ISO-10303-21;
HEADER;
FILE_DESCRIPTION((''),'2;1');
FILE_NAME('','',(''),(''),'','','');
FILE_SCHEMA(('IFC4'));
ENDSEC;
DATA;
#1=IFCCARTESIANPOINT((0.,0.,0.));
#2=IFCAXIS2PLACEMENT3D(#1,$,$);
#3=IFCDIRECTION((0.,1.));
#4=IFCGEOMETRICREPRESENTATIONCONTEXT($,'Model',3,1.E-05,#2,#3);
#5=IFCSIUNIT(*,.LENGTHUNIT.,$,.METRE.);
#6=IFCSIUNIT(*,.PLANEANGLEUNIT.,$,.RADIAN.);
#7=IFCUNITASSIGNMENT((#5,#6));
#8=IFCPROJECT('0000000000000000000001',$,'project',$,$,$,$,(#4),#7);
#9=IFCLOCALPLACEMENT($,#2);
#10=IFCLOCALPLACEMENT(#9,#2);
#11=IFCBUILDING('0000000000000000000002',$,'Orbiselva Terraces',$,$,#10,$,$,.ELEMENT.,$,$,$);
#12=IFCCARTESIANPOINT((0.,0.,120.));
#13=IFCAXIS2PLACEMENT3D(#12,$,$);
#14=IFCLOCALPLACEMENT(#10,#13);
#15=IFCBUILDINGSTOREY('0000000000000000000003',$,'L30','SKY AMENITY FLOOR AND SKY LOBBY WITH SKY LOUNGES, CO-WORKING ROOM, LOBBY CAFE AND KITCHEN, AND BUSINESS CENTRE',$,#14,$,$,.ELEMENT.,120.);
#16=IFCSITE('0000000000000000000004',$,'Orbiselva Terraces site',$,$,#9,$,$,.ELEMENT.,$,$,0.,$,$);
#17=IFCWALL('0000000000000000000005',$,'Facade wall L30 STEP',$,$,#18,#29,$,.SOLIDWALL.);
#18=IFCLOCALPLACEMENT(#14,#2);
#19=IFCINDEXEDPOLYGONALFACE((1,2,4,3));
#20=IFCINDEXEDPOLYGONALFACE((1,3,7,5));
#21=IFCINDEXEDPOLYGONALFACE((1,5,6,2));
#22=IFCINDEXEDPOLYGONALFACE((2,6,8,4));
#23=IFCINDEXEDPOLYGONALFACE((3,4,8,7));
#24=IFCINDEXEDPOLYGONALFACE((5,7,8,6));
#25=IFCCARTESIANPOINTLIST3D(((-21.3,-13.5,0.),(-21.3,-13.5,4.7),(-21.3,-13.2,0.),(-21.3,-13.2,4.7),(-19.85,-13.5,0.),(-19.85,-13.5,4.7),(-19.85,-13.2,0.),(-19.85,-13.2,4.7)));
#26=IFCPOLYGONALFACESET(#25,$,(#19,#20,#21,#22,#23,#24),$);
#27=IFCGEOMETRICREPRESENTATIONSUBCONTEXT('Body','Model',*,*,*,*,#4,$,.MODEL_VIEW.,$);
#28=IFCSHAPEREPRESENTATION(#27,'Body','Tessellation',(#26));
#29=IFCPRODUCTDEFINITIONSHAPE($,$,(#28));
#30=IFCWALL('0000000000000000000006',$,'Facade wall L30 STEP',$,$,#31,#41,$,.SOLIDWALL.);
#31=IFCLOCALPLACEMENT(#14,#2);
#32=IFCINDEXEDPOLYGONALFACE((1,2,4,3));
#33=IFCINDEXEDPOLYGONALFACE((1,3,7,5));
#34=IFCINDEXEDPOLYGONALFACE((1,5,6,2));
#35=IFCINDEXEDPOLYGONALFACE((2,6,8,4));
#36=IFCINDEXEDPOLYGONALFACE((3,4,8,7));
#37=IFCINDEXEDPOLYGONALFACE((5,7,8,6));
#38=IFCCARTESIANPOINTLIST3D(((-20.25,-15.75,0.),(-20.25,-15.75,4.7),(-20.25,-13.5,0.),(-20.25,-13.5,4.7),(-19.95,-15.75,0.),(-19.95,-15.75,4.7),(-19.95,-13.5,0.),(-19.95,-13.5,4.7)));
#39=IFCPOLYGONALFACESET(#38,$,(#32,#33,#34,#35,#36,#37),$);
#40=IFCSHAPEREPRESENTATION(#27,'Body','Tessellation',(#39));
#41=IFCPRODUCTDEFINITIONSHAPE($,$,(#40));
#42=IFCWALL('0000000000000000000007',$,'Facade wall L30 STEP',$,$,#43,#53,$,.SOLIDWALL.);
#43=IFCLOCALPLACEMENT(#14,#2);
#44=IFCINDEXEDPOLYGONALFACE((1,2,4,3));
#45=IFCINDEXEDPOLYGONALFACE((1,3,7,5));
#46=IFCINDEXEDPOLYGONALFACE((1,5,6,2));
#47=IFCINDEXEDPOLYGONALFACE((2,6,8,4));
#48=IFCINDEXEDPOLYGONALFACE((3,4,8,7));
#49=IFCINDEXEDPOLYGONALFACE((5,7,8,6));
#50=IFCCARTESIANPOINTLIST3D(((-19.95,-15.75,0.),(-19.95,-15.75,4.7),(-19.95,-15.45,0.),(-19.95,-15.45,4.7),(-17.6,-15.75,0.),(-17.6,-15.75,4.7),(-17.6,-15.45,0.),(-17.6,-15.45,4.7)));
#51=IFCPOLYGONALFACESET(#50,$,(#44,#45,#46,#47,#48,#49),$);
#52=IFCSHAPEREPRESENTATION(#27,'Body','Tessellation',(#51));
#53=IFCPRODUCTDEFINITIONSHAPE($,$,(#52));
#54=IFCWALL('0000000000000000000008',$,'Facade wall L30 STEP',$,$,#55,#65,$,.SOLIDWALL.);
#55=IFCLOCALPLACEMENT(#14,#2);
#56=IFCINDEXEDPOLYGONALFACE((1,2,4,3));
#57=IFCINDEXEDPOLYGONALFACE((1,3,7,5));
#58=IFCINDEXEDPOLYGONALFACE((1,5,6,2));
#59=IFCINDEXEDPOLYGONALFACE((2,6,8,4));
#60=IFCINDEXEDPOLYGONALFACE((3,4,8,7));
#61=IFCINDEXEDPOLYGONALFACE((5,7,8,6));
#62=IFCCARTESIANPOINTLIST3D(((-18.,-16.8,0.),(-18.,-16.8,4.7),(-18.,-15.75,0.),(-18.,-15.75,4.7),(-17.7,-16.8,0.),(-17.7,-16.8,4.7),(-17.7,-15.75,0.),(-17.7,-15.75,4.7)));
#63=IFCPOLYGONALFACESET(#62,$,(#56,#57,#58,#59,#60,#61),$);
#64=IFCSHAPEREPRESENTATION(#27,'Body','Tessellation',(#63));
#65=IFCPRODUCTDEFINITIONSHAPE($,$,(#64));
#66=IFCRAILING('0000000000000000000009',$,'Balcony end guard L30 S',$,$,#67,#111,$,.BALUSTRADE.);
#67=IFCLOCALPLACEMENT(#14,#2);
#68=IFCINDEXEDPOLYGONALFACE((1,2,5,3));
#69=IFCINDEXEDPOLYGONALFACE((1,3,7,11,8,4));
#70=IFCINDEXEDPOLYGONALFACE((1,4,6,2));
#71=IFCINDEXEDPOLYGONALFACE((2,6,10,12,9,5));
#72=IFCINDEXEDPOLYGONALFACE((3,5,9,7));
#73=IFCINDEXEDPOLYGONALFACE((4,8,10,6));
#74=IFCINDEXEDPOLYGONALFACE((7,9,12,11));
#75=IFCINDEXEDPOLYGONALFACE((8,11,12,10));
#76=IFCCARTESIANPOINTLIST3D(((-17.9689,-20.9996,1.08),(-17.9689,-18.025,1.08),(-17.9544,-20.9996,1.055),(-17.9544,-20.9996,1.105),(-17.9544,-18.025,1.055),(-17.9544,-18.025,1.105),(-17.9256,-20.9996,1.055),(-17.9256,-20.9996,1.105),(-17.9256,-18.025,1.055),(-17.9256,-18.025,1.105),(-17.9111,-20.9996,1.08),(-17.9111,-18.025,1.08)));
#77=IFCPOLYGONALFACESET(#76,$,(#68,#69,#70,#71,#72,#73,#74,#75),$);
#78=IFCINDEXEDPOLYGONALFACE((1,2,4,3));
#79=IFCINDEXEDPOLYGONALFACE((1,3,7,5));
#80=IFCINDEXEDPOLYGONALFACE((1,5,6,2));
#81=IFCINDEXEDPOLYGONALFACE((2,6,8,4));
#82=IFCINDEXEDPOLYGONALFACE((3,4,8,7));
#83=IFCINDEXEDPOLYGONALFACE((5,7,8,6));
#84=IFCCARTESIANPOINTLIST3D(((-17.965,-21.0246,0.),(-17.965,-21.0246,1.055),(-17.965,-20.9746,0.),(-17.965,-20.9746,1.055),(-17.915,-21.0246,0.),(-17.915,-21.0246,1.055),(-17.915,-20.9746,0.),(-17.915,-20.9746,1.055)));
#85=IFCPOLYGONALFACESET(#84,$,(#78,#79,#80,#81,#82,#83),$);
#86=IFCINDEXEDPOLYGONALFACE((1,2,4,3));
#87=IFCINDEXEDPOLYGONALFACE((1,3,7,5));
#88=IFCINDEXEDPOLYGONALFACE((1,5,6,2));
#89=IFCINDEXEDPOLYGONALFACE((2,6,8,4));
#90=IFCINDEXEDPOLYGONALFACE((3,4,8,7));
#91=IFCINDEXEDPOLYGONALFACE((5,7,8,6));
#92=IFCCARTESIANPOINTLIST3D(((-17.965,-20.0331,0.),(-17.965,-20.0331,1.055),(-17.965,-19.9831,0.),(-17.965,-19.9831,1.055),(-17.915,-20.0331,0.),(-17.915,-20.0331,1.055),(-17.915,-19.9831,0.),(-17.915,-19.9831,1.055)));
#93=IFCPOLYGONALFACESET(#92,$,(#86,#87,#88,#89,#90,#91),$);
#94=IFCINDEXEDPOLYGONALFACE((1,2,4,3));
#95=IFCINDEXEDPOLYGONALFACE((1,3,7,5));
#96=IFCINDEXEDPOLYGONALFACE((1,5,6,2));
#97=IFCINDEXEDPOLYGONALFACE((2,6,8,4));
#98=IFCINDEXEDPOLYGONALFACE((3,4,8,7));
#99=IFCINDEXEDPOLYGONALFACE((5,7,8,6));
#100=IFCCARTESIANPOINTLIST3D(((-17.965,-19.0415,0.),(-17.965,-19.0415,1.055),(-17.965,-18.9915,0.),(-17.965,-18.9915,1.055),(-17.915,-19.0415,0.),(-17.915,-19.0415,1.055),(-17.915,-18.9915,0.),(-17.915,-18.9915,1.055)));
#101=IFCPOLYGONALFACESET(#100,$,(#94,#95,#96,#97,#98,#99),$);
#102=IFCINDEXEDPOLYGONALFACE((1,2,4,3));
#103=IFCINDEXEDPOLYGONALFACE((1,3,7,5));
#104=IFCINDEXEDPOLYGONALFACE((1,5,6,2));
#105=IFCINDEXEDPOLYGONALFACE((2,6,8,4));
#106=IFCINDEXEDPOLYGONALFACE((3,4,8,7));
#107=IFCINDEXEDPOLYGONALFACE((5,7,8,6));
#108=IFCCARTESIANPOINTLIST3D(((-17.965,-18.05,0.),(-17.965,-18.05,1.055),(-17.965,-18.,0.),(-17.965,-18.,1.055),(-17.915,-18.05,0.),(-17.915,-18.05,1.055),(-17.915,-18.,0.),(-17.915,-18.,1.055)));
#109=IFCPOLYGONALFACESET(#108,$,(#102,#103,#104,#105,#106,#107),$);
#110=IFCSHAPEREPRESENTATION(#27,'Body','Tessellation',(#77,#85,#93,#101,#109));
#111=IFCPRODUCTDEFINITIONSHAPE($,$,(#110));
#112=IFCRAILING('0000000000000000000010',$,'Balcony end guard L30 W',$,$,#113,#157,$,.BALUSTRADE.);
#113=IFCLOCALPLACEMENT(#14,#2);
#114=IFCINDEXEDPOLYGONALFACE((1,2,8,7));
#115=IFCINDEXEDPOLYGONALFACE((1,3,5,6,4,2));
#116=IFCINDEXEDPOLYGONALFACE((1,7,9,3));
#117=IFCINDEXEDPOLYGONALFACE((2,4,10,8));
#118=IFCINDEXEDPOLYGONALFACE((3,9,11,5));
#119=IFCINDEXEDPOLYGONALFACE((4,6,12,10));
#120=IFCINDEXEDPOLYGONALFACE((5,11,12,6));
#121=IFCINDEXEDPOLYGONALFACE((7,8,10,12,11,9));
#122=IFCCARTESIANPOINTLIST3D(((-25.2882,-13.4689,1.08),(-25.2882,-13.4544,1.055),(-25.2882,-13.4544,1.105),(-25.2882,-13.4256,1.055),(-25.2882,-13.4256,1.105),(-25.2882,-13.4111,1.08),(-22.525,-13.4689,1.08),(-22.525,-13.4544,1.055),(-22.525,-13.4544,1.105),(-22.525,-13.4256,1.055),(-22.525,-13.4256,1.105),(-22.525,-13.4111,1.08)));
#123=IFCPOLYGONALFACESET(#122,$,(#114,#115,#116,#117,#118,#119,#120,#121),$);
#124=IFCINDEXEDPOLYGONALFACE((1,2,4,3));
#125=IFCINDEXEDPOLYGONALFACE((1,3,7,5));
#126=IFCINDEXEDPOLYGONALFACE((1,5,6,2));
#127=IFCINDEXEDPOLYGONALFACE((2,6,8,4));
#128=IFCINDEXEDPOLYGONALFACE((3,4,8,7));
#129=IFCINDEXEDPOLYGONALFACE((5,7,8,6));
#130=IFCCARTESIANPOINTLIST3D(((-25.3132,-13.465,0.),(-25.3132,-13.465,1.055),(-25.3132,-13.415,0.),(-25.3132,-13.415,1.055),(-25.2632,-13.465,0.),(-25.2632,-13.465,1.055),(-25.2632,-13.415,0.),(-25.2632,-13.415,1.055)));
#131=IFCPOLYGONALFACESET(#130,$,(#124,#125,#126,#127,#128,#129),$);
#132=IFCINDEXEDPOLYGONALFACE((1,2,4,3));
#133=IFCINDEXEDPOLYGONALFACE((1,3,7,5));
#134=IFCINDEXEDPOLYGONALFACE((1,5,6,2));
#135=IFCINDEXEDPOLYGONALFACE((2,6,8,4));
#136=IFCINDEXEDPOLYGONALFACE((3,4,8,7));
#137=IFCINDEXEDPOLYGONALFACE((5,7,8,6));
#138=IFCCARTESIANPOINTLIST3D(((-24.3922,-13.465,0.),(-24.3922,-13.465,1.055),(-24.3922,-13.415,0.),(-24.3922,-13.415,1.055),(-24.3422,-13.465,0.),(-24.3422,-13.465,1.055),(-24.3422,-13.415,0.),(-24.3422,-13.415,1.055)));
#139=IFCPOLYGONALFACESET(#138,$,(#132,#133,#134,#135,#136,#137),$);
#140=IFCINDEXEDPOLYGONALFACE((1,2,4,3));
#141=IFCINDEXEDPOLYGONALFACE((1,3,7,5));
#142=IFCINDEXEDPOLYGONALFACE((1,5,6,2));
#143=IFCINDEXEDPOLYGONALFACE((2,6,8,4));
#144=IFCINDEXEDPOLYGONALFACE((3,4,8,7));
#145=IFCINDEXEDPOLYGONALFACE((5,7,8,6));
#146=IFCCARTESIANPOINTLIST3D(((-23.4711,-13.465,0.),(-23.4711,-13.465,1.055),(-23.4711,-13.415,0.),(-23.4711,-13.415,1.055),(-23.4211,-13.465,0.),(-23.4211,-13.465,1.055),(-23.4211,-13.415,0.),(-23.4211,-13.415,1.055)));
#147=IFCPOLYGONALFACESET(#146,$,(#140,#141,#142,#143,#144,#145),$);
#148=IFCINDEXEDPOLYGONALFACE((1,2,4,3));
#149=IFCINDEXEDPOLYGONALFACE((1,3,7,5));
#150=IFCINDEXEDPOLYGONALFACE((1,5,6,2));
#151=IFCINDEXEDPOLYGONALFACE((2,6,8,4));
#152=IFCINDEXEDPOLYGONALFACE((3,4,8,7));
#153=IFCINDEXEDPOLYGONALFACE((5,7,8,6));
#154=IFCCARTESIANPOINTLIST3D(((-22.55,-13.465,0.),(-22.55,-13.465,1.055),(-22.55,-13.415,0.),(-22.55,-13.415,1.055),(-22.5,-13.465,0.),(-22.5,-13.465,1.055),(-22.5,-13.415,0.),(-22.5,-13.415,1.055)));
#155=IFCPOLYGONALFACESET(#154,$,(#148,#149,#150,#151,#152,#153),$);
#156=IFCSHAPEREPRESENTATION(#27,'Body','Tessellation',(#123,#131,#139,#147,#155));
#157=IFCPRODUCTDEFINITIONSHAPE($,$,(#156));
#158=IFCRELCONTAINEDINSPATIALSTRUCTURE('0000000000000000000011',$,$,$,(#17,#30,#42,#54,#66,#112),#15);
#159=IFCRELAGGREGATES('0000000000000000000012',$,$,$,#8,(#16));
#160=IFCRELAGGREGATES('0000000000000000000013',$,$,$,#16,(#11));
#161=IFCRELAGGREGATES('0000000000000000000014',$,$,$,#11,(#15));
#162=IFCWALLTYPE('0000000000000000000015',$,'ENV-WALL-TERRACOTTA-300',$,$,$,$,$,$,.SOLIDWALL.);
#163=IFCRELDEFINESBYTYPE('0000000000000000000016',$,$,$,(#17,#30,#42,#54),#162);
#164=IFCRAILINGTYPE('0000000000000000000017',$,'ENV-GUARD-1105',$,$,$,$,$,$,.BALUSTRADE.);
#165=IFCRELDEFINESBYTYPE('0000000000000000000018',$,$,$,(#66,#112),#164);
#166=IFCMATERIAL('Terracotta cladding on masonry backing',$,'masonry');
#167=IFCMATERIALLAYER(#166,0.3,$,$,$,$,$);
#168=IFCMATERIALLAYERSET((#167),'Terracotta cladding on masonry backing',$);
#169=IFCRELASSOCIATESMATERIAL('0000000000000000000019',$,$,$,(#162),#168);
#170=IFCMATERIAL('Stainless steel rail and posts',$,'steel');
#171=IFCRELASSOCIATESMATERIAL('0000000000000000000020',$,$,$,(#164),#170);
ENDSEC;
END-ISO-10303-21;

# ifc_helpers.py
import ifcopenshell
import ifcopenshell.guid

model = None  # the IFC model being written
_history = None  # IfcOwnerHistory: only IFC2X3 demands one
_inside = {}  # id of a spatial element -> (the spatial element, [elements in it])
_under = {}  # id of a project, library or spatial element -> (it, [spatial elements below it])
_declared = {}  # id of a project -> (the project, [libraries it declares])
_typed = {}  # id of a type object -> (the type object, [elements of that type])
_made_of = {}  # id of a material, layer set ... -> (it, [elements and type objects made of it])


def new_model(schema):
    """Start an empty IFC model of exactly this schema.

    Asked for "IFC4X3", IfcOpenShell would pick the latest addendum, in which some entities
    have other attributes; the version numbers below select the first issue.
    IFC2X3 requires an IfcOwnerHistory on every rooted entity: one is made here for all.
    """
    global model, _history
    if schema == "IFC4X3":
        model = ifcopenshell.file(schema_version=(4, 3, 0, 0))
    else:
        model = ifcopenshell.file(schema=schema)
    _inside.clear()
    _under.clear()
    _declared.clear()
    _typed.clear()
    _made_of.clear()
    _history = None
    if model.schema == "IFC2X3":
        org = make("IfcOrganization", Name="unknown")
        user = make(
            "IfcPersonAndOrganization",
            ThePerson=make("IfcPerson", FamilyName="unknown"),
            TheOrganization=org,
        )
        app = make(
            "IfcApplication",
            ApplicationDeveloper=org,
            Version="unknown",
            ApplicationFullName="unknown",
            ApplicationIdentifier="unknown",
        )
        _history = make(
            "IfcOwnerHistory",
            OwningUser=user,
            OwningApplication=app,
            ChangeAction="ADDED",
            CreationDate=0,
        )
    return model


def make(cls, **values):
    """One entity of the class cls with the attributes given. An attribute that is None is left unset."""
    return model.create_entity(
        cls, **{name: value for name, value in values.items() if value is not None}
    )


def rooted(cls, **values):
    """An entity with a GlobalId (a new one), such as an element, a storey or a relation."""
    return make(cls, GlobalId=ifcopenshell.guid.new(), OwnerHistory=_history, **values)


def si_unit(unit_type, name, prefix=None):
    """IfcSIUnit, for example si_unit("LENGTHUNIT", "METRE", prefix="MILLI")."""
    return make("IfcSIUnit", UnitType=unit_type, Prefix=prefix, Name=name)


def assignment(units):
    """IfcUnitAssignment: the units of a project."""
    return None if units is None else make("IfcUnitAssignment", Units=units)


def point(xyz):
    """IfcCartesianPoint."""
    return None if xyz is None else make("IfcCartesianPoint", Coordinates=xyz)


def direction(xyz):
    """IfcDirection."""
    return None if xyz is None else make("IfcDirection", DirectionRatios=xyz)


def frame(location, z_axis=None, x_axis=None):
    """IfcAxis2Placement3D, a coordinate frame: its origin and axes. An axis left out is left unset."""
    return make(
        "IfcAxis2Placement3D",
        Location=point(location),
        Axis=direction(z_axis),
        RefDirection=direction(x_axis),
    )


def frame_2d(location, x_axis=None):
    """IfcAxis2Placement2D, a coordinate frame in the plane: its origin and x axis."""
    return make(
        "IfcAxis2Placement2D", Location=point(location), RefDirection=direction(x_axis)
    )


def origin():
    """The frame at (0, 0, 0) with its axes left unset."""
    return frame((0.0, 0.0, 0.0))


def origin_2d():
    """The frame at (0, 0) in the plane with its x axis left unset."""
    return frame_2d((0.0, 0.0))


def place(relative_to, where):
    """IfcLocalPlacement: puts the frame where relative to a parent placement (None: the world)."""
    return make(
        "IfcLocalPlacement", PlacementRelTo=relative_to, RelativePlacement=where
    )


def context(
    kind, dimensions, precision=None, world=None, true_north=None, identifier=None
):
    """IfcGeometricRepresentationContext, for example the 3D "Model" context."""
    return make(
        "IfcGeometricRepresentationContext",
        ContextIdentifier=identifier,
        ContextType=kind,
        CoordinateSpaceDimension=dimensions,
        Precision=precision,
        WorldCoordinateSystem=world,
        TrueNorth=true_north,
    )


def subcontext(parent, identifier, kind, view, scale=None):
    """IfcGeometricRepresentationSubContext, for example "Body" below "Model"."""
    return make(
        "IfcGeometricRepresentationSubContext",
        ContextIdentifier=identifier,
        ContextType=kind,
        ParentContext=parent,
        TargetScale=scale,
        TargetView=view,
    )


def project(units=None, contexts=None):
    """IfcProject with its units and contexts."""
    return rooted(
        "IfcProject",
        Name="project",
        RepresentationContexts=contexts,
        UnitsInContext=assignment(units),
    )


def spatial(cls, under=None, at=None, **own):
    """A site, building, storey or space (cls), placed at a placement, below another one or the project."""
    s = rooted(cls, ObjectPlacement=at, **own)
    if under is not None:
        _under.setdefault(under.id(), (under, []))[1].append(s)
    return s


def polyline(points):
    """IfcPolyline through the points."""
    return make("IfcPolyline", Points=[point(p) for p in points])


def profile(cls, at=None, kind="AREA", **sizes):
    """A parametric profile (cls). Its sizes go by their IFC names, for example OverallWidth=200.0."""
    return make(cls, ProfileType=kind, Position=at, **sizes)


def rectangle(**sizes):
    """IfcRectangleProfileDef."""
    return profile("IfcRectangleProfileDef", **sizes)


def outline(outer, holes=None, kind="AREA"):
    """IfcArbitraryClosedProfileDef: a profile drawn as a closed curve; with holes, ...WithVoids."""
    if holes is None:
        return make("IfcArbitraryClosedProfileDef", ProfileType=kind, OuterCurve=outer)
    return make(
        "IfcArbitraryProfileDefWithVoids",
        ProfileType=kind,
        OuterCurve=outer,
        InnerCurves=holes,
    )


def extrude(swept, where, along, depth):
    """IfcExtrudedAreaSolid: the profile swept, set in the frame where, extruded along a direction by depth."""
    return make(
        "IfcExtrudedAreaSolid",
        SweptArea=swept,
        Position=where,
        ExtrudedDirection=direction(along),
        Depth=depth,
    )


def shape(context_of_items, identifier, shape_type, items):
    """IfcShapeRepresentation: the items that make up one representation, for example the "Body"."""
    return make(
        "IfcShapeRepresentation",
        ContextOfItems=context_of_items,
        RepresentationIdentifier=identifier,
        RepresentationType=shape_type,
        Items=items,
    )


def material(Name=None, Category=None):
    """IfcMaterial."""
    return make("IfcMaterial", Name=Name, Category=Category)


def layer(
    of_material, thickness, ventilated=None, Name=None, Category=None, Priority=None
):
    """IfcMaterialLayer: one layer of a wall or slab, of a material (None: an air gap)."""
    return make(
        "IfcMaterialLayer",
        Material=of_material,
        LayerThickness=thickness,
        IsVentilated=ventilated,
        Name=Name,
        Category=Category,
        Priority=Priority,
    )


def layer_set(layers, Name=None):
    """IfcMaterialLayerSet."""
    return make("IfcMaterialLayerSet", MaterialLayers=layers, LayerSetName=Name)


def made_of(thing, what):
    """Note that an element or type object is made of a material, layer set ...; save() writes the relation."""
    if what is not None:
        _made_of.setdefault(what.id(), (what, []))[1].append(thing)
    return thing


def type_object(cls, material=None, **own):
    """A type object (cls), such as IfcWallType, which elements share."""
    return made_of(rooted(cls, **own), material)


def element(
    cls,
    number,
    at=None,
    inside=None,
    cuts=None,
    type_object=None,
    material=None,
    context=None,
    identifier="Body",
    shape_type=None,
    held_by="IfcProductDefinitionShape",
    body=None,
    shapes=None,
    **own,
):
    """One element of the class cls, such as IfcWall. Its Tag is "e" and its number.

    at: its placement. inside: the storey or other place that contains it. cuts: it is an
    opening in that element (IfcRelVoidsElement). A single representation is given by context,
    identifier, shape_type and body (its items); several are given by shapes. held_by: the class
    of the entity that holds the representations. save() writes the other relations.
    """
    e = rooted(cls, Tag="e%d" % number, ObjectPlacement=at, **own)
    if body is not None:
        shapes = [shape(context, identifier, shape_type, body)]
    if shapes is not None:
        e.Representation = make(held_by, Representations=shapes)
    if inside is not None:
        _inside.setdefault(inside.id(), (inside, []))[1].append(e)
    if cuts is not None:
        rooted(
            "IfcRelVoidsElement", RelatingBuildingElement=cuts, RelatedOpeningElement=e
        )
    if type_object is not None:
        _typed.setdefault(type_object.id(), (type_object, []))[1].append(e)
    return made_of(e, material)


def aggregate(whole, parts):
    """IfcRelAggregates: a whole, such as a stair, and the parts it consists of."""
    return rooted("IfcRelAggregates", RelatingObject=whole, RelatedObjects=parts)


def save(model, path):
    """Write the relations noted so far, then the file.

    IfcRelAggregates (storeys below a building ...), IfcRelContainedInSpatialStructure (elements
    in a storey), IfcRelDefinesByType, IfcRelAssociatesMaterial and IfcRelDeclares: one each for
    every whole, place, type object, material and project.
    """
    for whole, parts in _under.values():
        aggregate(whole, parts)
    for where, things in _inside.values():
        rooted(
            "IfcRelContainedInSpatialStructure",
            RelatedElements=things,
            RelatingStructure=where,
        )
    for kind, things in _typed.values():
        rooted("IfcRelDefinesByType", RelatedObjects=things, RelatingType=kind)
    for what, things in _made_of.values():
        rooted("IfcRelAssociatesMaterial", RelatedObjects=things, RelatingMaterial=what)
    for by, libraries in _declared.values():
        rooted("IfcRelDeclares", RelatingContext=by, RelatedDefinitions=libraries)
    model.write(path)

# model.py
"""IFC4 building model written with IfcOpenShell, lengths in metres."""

from ifc_helpers import new_model, si_unit, direction, frame, frame_2d, origin, origin_2d, place, context, subcontext, project, spatial, polyline, rectangle, outline, extrude, material, layer, layer_set, type_object, element, save


model = new_model("IFC4")

# Units and contexts
model_context = context("Model", 3, precision=1e-05, world=origin(), true_north=direction((0.0, 1.0)))
body_context = subcontext(model_context, "Body", "Model", "MODEL_VIEW")
ifc_project = project(units=[si_unit("LENGTHUNIT", "METRE"), si_unit("PLANEANGLEUNIT", "RADIAN")], contexts=[model_context])

# Site, building, storey
site_placement = place(None, origin())
site = spatial("IfcSite", under=ifc_project, at=site_placement, Name="Orbiselva Terraces site", CompositionType="ELEMENT", RefElevation=0.0)
building_placement = place(site_placement, origin())
building = spatial("IfcBuilding", under=site, at=building_placement, Name="Orbiselva Terraces", CompositionType="ELEMENT")
storey_placement = place(building_placement, frame((0.0, 0.0, 120.0)))
storey = spatial("IfcBuildingStorey", under=building, at=storey_placement, Name="L30", Description="SKY AMENITY FLOOR AND SKY LOBBY WITH SKY LOUNGES, CO-WORKING ROOM, LOBBY CAFE AND KITCHEN, AND BUSINESS CENTRE", CompositionType="ELEMENT", Elevation=120.0)

# Shared definitions
ifc_material_1 = material(Name="Terracotta cladding on masonry backing", Category="masonry")
ifc_layer_1 = layer(ifc_material_1, 0.3)
ifc_layer_set_1 = layer_set([ifc_layer_1], Name="Terracotta cladding on masonry backing")
wall_type = type_object("IfcWallType", Name="ENV-WALL-TERRACOTTA-300", PredefinedType="SOLIDWALL", material=ifc_layer_set_1)

# Walls
wall_1_placement = place(storey_placement, frame((-19.85, -13.35, 0.0), z_axis=(0.0, 0.0, 1.0), x_axis=(-1.0, 0.0, 0.0)))
element("IfcWall", 1, at=wall_1_placement, inside=storey, type_object=wall_type, Name="Facade wall L30 STEP", PredefinedType="SOLIDWALL", context=body_context, shape_type="SweptSolid", body=[
    extrude(rectangle(XDim=1.45, YDim=0.3, at=frame_2d((0.725, 0.0))), origin(), (0.0, 0.0, 1.0), 4.7),
])
wall_2_placement = place(storey_placement, frame((-20.1, -15.75, 0.0), z_axis=(0.0, 0.0, 1.0), x_axis=(0.0, 1.0, 0.0)))
element("IfcWall", 2, at=wall_2_placement, inside=storey, type_object=wall_type, Name="Facade wall L30 STEP", PredefinedType="SOLIDWALL", context=body_context, shape_type="SweptSolid", body=[
    extrude(rectangle(XDim=2.25, YDim=0.3, at=frame_2d((1.125, 0.0))), origin(), (0.0, 0.0, 1.0), 4.7),
])
wall_3_placement = place(storey_placement, frame((-17.6, -15.6, 0.0), z_axis=(0.0, 0.0, 1.0), x_axis=(-1.0, 0.0, 0.0)))
element("IfcWall", 3, at=wall_3_placement, inside=storey, type_object=wall_type, Name="Facade wall L30 STEP", PredefinedType="SOLIDWALL", context=body_context, shape_type="SweptSolid", body=[
    extrude(rectangle(XDim=2.35, YDim=0.3, at=frame_2d((1.175, 0.0))), origin(), (0.0, 0.0, 1.0), 4.7),
])
wall_4_placement = place(storey_placement, frame((-17.85, -16.8, 0.0), z_axis=(0.0, 0.0, 1.0), x_axis=(0.0, 1.0, 0.0)))
element("IfcWall", 4, at=wall_4_placement, inside=storey, type_object=wall_type, Name="Facade wall L30 STEP", PredefinedType="SOLIDWALL", context=body_context, shape_type="SweptSolid", body=[
    extrude(rectangle(XDim=1.05, YDim=0.3, at=frame_2d((0.525, 0.0))), origin(), (0.0, 0.0, 1.0), 4.7),
])

# Railings
ifc_material_2 = material(Name="Stainless steel rail and posts", Category="steel")
railing_type_1 = type_object("IfcRailingType", Name="ENV-GUARD-1105", PredefinedType="BALUSTRADE", material=ifc_material_2)
railing_1_placement = place(storey_placement, frame((-17.94, -20.9996, 0.0)))
element("IfcRailing", 5, at=railing_1_placement, inside=storey, type_object=railing_type_1, Name="Balcony end guard L30 S", PredefinedType="BALUSTRADE", context=body_context, shape_type="SweptSolid", body=[
    extrude(outline(polyline([(0.0289, 0.0), (0.0144, 0.025), (-0.0144, 0.025), (-0.0289, 0.0), (-0.0144, -0.025), (0.0144, -0.025), (0.0289, 0.0)])), frame((0.0, 0.0, 1.08), z_axis=(0.0, 1.0, 0.0), x_axis=(-1.0, 0.0, 0.0)), (0.0, 0.0, 1.0), 2.9746),
    extrude(rectangle(XDim=0.05, YDim=0.05, at=origin_2d()), origin(), (0.0, 0.0, 1.0), 1.055),
    extrude(rectangle(XDim=0.05, YDim=0.05, at=origin_2d()), frame((0.0, 0.9915, 0.0)), (0.0, 0.0, 1.0), 1.055),
    extrude(rectangle(XDim=0.05, YDim=0.05, at=origin_2d()), frame((0.0, 1.9831, 0.0)), (0.0, 0.0, 1.0), 1.055),
    extrude(rectangle(XDim=0.05, YDim=0.05, at=origin_2d()), frame((0.0, 2.9746, 0.0)), (0.0, 0.0, 1.0), 1.055),
])
railing_2_placement = place(storey_placement, frame((-25.2882, -13.44, 0.0)))
element("IfcRailing", 6, at=railing_2_placement, inside=storey, type_object=railing_type_1, Name="Balcony end guard L30 W", PredefinedType="BALUSTRADE", context=body_context, shape_type="SweptSolid", body=[
    extrude(outline(polyline([(0.0289, 0.0), (0.0144, 0.025), (-0.0144, 0.025), (-0.0289, 0.0), (-0.0144, -0.025), (0.0144, -0.025), (0.0289, 0.0)])), frame((0.0, 0.0, 1.08), z_axis=(1.0, 0.0, 0.0), x_axis=(0.0, 1.0, 0.0)), (0.0, 0.0, 1.0), 2.7632),
    extrude(rectangle(XDim=0.05, YDim=0.05, at=origin_2d()), origin(), (0.0, 0.0, 1.0), 1.055),
    extrude(rectangle(XDim=0.05, YDim=0.05, at=origin_2d()), frame((0.9211, 0.0, 0.0)), (0.0, 0.0, 1.0), 1.055),
    extrude(rectangle(XDim=0.05, YDim=0.05, at=origin_2d()), frame((1.8422, 0.0, 0.0)), (0.0, 0.0, 1.0), 1.055),
    extrude(rectangle(XDim=0.05, YDim=0.05, at=origin_2d()), frame((2.7632, 0.0, 0.0)), (0.0, 0.0, 1.0), 1.055),
])

save(model, "model.ifc")
